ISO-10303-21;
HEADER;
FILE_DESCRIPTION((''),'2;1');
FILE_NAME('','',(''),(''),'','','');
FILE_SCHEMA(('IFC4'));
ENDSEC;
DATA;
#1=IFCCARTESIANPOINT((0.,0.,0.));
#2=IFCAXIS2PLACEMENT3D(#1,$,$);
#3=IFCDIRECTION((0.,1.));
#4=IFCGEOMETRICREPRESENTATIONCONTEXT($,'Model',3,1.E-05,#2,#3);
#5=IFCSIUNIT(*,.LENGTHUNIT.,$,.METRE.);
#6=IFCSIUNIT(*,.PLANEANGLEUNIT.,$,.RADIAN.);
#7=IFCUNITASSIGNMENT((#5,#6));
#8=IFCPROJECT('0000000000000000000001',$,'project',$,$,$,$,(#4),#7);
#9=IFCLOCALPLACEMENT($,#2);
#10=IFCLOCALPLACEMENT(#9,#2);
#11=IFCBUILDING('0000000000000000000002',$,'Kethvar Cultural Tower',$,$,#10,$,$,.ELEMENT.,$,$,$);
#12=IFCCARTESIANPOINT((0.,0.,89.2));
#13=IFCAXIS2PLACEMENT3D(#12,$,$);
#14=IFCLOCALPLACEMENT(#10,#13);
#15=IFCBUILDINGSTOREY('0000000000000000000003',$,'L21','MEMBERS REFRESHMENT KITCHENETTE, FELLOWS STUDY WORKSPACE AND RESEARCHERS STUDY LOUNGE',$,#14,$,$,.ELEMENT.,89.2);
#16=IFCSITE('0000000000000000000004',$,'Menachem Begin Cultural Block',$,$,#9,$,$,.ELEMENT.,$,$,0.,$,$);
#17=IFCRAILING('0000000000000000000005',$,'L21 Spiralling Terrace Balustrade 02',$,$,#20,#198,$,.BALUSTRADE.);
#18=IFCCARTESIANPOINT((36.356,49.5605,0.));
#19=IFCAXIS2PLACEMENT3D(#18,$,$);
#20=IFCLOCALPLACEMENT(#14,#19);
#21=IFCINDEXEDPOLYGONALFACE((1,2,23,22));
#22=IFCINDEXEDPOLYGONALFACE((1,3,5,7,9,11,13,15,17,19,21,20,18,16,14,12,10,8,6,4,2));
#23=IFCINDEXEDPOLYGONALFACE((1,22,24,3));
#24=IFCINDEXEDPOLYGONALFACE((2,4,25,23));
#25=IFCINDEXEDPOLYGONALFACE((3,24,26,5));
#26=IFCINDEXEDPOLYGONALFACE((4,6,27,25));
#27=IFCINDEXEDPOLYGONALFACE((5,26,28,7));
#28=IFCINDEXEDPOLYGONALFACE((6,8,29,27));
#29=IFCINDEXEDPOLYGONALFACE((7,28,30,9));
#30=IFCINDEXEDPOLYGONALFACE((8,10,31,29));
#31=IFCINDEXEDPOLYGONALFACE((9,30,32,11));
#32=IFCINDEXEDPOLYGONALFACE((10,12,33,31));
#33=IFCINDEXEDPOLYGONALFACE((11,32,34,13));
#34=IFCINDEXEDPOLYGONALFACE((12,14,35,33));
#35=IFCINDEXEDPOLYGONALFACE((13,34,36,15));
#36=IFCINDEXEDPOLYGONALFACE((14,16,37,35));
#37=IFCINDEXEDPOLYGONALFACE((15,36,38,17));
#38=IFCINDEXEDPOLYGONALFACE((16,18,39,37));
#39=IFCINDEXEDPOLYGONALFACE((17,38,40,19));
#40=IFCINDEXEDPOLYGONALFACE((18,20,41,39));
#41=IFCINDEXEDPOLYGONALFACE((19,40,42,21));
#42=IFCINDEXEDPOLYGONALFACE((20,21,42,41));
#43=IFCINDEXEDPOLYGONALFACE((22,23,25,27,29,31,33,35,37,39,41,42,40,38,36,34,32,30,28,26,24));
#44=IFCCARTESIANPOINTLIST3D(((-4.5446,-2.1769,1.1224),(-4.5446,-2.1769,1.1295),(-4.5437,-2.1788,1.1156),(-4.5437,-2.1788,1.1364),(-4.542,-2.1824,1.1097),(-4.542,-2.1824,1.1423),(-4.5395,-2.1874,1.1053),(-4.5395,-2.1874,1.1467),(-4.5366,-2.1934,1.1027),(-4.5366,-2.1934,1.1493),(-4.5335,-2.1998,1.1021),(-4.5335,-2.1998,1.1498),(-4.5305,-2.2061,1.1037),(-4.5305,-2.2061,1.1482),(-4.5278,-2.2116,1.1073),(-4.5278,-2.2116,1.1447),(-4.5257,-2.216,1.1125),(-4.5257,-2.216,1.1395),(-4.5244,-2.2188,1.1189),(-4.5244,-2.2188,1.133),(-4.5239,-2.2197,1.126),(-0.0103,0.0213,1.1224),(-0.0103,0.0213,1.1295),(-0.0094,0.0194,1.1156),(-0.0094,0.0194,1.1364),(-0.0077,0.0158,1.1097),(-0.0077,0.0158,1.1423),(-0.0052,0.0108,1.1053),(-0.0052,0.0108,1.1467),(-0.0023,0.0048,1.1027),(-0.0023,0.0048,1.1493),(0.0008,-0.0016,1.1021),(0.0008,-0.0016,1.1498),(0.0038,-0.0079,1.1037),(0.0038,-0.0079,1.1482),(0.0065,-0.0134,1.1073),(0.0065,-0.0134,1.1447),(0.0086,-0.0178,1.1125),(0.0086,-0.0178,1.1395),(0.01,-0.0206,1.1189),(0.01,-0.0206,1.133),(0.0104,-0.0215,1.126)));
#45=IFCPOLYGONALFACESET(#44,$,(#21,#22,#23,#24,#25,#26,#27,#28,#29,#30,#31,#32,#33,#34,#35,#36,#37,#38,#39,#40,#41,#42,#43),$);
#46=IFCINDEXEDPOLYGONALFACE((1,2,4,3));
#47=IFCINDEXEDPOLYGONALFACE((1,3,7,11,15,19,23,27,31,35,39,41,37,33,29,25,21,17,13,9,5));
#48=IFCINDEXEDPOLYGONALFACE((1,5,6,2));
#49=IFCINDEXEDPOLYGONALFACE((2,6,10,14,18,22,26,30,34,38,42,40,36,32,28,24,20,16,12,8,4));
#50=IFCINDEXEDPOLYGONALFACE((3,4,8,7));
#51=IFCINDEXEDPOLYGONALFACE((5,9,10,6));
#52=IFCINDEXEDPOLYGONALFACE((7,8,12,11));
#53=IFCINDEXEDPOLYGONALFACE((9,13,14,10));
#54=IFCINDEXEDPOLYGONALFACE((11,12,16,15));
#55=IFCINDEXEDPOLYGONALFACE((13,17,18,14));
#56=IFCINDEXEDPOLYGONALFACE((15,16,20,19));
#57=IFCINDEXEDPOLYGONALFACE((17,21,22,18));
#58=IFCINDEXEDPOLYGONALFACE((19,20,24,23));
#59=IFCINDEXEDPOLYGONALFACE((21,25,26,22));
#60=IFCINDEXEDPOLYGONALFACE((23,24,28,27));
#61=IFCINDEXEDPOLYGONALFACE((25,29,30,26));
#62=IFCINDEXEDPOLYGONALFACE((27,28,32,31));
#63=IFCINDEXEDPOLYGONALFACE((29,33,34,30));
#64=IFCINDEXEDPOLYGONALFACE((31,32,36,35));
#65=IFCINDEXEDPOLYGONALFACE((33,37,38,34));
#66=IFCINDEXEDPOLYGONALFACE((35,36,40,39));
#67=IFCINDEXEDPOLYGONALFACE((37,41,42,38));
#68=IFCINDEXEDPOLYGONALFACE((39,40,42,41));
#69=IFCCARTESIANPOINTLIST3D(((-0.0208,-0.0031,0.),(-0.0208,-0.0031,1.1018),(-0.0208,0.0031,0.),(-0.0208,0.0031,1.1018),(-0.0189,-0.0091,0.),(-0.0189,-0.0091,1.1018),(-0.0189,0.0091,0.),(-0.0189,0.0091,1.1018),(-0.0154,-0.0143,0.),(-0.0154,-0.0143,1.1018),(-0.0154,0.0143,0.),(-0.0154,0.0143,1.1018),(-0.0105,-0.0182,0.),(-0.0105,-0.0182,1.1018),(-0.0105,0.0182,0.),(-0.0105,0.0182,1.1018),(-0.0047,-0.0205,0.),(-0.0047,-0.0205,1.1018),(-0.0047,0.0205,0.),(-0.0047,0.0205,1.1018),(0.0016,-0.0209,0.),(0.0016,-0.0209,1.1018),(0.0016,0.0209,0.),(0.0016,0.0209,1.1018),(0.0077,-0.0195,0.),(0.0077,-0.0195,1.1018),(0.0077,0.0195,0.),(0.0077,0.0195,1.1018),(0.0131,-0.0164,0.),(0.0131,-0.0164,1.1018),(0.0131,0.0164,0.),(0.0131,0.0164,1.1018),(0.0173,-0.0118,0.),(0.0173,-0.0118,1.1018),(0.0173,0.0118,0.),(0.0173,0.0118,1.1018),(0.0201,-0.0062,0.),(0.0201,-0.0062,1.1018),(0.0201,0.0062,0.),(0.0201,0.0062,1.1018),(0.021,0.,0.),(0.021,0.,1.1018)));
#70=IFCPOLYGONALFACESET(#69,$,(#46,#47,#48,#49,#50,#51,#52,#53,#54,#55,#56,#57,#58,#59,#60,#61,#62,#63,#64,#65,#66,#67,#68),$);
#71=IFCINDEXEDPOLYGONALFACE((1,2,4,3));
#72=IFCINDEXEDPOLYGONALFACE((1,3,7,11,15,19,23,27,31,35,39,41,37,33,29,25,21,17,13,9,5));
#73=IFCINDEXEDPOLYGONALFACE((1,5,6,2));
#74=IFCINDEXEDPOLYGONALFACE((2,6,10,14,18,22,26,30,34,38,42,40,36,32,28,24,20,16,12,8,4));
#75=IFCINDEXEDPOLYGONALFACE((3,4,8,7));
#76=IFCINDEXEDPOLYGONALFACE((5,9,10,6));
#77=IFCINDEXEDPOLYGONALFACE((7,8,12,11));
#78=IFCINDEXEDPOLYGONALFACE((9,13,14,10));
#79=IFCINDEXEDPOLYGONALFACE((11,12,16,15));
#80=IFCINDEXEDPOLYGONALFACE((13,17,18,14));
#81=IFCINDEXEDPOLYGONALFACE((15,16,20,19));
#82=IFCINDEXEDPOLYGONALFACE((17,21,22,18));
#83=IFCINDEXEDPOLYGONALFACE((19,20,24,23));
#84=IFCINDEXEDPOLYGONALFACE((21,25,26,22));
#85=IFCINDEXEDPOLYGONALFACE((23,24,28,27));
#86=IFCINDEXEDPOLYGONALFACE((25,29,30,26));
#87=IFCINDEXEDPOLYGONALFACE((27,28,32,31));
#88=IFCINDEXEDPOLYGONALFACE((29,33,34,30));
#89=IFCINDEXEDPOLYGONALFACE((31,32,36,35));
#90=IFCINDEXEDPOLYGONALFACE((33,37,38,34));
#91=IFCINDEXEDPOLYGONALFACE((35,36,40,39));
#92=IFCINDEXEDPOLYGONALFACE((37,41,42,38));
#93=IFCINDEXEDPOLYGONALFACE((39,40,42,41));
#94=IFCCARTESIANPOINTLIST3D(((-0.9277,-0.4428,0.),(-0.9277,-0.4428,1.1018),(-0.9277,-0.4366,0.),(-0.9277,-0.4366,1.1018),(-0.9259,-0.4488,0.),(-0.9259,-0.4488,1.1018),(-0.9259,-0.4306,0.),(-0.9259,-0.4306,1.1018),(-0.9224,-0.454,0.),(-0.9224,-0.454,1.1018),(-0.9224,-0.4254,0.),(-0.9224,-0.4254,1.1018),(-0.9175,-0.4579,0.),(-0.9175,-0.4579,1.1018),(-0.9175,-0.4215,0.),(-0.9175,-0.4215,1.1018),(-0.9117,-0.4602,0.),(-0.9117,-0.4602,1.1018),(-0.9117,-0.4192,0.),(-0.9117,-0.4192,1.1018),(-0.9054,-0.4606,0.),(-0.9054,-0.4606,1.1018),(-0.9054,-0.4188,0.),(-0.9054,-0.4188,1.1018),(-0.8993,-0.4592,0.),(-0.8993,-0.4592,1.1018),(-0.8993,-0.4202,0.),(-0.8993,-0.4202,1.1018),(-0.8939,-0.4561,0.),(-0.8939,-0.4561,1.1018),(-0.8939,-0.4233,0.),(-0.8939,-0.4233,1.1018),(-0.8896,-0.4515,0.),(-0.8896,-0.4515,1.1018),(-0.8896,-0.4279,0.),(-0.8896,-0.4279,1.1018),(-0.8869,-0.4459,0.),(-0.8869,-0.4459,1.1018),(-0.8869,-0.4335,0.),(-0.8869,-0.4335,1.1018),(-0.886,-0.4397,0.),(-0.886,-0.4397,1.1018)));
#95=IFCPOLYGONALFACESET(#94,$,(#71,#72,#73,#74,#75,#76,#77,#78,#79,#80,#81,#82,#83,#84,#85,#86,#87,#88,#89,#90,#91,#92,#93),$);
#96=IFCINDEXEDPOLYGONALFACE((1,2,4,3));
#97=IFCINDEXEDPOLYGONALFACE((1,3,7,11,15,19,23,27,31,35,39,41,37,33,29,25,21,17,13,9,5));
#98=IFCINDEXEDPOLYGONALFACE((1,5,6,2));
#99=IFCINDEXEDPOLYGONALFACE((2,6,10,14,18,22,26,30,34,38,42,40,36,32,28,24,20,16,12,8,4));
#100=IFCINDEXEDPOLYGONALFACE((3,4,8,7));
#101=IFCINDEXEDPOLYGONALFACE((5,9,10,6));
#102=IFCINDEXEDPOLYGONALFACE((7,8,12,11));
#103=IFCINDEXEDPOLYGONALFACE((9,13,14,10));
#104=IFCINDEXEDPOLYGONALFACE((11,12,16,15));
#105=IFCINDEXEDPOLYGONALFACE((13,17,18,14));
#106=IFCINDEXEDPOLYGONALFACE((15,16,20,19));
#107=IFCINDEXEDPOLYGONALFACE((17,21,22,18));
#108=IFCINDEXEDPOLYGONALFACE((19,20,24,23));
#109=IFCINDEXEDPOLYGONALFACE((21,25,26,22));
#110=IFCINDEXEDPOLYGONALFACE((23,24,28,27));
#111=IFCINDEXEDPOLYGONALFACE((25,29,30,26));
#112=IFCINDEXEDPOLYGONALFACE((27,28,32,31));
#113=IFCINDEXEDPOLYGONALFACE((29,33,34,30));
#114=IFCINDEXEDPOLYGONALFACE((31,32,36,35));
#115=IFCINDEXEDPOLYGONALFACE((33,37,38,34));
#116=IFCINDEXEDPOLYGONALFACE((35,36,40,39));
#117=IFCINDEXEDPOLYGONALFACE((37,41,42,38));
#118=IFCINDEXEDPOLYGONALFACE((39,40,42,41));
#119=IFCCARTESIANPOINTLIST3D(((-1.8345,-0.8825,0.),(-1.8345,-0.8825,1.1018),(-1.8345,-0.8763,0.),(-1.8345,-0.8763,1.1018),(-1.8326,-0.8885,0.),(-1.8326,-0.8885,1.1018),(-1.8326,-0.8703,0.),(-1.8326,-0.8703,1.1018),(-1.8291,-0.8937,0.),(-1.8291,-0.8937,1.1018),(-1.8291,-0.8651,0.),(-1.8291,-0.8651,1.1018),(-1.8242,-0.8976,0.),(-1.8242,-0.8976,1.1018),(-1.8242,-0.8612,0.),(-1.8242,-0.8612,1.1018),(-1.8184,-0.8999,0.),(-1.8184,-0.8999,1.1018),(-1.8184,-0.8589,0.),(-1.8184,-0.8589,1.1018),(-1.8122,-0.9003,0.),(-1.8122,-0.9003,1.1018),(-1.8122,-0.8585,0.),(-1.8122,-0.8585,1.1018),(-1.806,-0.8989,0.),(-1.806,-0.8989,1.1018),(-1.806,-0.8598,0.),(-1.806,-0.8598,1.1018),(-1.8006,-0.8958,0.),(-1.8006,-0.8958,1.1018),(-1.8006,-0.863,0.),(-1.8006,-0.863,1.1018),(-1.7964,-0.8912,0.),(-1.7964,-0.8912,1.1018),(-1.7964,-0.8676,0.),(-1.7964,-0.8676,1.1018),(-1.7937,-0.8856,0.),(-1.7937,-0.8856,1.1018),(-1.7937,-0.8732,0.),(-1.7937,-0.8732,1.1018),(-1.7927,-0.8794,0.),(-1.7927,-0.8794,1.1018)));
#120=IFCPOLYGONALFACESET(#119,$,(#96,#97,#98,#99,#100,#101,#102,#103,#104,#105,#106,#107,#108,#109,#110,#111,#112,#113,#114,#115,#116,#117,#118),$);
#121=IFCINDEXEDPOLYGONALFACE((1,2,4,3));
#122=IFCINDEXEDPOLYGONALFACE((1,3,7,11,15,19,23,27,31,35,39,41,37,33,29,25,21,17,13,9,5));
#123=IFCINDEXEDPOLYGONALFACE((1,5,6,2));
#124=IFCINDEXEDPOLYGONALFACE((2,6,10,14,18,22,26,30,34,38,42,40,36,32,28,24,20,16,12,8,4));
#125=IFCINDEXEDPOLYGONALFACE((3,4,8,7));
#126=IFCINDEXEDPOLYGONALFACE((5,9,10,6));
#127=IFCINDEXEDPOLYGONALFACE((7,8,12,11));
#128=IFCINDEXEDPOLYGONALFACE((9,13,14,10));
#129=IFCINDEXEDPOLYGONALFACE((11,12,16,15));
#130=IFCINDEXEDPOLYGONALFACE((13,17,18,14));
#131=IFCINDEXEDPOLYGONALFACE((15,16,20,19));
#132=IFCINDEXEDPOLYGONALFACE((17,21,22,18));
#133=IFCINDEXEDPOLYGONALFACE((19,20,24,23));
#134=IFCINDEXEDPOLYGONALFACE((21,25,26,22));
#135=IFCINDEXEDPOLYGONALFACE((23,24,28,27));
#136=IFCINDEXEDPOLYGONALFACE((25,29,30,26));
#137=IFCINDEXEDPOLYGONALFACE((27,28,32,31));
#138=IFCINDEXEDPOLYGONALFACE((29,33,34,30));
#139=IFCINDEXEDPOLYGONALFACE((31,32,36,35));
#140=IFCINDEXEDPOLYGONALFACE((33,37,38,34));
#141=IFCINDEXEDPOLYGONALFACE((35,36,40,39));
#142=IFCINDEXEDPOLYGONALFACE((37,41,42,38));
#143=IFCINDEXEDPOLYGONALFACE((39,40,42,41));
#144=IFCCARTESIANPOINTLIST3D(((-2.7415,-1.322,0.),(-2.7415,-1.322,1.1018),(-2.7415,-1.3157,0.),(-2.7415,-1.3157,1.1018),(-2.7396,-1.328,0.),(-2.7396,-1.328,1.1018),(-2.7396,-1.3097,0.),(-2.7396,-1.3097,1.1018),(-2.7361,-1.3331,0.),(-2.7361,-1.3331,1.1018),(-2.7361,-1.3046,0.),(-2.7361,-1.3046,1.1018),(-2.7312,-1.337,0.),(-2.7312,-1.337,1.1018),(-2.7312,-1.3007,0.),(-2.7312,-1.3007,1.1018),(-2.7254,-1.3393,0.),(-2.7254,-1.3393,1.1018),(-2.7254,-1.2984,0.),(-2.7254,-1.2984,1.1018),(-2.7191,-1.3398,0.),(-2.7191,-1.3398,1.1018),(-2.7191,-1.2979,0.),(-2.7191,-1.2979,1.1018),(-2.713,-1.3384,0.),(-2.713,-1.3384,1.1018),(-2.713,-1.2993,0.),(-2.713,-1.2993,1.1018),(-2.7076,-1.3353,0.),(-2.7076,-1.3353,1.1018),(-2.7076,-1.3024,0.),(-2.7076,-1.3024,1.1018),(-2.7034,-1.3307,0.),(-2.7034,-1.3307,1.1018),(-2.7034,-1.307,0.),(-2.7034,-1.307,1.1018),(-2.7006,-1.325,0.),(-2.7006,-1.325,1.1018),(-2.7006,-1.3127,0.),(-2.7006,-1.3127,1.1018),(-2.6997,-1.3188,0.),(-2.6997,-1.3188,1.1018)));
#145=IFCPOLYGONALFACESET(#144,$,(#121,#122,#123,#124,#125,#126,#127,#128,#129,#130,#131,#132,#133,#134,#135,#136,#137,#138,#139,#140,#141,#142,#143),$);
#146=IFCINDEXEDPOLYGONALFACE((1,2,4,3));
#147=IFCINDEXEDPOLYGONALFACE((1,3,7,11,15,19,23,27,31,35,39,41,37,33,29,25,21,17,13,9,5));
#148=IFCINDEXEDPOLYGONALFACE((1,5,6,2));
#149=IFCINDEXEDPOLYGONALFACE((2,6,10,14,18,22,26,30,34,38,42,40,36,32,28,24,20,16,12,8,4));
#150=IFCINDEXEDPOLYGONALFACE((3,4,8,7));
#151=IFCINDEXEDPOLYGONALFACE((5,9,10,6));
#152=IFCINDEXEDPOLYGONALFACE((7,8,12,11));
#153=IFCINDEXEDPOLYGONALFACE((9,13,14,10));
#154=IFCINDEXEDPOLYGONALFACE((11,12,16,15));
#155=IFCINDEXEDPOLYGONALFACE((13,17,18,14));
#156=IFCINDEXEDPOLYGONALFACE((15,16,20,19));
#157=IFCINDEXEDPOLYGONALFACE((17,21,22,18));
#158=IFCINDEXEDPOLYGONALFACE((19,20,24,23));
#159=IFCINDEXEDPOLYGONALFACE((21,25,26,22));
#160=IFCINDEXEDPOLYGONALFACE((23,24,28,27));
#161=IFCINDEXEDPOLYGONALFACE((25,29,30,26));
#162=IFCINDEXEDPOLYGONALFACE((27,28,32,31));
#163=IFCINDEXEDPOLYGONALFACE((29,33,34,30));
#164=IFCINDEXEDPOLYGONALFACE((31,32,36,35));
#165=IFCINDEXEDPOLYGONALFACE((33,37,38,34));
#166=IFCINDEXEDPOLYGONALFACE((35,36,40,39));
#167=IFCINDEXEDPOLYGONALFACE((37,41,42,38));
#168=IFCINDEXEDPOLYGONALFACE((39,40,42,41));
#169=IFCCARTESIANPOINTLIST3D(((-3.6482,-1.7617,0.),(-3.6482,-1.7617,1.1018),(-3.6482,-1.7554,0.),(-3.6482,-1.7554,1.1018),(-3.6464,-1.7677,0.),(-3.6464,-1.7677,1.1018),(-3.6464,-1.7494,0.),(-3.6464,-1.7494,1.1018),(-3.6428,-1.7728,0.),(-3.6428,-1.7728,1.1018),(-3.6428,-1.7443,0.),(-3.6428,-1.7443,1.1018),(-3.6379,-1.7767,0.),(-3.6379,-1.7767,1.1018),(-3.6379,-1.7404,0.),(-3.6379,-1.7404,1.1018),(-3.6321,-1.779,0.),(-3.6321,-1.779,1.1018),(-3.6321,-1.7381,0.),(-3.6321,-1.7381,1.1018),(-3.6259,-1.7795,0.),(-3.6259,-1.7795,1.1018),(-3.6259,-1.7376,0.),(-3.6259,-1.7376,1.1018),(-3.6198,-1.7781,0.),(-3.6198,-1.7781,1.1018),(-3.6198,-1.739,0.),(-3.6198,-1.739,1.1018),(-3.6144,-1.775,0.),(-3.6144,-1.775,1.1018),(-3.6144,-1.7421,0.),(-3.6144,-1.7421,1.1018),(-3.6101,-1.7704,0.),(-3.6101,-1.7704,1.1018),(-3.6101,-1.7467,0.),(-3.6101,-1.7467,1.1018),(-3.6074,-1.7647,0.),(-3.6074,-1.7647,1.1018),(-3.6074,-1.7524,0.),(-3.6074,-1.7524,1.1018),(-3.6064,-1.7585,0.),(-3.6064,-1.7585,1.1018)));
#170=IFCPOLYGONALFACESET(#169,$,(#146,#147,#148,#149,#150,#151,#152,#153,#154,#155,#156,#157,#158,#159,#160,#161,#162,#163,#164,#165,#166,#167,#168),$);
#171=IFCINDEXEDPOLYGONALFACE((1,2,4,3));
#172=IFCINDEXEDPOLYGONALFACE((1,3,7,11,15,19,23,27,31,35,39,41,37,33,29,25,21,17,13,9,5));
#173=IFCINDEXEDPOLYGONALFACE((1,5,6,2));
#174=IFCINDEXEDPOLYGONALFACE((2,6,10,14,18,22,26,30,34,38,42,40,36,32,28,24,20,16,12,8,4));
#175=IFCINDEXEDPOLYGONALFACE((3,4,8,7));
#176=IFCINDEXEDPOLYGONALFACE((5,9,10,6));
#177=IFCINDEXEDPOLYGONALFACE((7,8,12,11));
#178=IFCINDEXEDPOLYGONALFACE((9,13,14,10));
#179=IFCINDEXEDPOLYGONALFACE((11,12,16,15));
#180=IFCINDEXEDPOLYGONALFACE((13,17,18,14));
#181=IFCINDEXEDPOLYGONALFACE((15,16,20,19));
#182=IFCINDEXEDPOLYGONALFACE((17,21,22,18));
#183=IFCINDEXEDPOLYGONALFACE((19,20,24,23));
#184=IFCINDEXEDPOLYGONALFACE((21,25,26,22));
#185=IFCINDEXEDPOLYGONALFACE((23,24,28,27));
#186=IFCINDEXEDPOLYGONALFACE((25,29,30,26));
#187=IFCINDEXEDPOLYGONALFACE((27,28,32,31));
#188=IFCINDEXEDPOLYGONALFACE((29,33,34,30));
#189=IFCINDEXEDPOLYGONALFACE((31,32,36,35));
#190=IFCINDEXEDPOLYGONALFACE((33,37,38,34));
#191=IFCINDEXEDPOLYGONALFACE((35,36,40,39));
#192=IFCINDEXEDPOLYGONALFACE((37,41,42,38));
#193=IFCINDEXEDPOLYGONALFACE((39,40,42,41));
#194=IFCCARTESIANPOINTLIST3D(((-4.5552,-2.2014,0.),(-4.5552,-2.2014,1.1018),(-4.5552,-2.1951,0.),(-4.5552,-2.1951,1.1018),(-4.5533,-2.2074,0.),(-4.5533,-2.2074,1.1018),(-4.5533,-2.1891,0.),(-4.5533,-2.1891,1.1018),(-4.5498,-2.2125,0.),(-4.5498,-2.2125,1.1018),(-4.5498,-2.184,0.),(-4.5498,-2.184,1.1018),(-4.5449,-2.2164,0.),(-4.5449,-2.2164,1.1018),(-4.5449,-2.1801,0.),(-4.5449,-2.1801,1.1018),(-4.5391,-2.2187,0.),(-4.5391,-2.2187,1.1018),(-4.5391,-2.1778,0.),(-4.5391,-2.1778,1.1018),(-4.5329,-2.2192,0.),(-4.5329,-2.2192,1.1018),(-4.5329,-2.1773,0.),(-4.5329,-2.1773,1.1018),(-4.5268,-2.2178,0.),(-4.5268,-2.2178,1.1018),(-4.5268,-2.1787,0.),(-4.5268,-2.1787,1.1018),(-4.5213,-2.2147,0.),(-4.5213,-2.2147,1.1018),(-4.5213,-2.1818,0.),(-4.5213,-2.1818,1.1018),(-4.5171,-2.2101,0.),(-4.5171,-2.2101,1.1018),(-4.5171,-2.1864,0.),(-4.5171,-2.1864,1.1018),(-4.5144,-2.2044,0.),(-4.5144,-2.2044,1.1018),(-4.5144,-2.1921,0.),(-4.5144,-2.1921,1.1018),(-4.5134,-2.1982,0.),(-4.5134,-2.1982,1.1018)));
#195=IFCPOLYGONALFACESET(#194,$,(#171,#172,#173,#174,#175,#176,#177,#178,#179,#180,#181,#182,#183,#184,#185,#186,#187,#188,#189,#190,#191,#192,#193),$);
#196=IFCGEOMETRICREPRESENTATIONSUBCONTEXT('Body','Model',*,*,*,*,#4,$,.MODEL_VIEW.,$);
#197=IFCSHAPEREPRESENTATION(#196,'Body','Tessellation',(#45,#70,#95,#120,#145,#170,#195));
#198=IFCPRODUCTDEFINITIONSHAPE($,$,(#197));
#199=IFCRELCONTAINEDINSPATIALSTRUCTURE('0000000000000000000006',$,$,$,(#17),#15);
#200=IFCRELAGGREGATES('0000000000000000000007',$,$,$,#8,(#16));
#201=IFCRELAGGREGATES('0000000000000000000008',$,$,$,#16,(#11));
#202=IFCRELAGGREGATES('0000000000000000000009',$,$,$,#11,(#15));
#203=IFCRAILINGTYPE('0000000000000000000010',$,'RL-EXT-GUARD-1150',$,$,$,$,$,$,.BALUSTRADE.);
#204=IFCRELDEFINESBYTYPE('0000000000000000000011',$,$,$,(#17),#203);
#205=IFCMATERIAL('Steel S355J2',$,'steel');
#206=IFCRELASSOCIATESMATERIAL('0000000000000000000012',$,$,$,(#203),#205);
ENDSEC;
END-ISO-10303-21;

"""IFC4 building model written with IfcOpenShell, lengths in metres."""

from ifc_helpers import new_model, si_unit, direction, frame, origin, origin_2d, place, context, subcontext, project, spatial, circle, extrude, material, type_object, element, save


model = new_model("IFC4")

# Units and contexts
model_context = context("Model", 3, precision=1e-05, world=origin(), true_north=direction((0.0, 1.0)))
body_context = subcontext(model_context, "Body", "Model", "MODEL_VIEW")
ifc_project = project(units=[si_unit("LENGTHUNIT", "METRE"), si_unit("PLANEANGLEUNIT", "RADIAN")], contexts=[model_context])

# Site, building, storey
site_placement = place(None, origin())
site = spatial("IfcSite", under=ifc_project, at=site_placement, Name="Menachem Begin Cultural Block", CompositionType="ELEMENT", RefElevation=0.0)
building_placement = place(site_placement, origin())
building = spatial("IfcBuilding", under=site, at=building_placement, Name="Kethvar Cultural Tower", CompositionType="ELEMENT")
storey_placement = place(building_placement, frame((0.0, 0.0, 89.2)))
storey = spatial("IfcBuildingStorey", under=building, at=storey_placement, Name="L21", Description="MEMBERS REFRESHMENT KITCHENETTE, FELLOWS STUDY WORKSPACE AND RESEARCHERS STUDY LOUNGE", CompositionType="ELEMENT", Elevation=89.2)

# Shared definitions
ifc_material_1 = material(Name="Steel S355J2", Category="steel")

# Railing
railing_type = type_object("IfcRailingType", Name="RL-EXT-GUARD-1150", PredefinedType="BALUSTRADE", material=ifc_material_1)
railing_1_placement = place(storey_placement, frame((36.356, 49.5605, 0.0)))
element("IfcRailing", 1, at=railing_1_placement, inside=storey, type_object=railing_type, Name="L21 Spiralling Terrace Balustrade 02", PredefinedType="BALUSTRADE", context=body_context, shape_type="SweptSolid", body=[
    extrude(circle(Radius=0.0239, at=origin_2d()), frame((0.0, 0.0, 1.126), z_axis=(-0.899835, -0.436231, 0.0), x_axis=(0.436231, -0.899835, 0.0)), (0.0, 0.0, 1.0), 5.0391),
    extrude(circle(Radius=0.021, at=origin_2d()), origin(), (0.0, 0.0, 1.0), 1.1018),
    extrude(circle(Radius=0.021, at=origin_2d()), frame((-0.907, -0.4397, 0.0)), (0.0, 0.0, 1.0), 1.1018),
    extrude(circle(Radius=0.021, at=origin_2d()), frame((-1.8137, -0.8794, 0.0)), (0.0, 0.0, 1.0), 1.1018),
    extrude(circle(Radius=0.021, at=origin_2d()), frame((-2.7207, -1.3188, 0.0)), (0.0, 0.0, 1.0), 1.1018),
    extrude(circle(Radius=0.021, at=origin_2d()), frame((-3.6274, -1.7585, 0.0)), (0.0, 0.0, 1.0), 1.1018),
    extrude(circle(Radius=0.021, at=origin_2d()), frame((-4.5344, -2.1982, 0.0)), (0.0, 0.0, 1.0), 1.1018),
])

save(model, "model.ifc")
